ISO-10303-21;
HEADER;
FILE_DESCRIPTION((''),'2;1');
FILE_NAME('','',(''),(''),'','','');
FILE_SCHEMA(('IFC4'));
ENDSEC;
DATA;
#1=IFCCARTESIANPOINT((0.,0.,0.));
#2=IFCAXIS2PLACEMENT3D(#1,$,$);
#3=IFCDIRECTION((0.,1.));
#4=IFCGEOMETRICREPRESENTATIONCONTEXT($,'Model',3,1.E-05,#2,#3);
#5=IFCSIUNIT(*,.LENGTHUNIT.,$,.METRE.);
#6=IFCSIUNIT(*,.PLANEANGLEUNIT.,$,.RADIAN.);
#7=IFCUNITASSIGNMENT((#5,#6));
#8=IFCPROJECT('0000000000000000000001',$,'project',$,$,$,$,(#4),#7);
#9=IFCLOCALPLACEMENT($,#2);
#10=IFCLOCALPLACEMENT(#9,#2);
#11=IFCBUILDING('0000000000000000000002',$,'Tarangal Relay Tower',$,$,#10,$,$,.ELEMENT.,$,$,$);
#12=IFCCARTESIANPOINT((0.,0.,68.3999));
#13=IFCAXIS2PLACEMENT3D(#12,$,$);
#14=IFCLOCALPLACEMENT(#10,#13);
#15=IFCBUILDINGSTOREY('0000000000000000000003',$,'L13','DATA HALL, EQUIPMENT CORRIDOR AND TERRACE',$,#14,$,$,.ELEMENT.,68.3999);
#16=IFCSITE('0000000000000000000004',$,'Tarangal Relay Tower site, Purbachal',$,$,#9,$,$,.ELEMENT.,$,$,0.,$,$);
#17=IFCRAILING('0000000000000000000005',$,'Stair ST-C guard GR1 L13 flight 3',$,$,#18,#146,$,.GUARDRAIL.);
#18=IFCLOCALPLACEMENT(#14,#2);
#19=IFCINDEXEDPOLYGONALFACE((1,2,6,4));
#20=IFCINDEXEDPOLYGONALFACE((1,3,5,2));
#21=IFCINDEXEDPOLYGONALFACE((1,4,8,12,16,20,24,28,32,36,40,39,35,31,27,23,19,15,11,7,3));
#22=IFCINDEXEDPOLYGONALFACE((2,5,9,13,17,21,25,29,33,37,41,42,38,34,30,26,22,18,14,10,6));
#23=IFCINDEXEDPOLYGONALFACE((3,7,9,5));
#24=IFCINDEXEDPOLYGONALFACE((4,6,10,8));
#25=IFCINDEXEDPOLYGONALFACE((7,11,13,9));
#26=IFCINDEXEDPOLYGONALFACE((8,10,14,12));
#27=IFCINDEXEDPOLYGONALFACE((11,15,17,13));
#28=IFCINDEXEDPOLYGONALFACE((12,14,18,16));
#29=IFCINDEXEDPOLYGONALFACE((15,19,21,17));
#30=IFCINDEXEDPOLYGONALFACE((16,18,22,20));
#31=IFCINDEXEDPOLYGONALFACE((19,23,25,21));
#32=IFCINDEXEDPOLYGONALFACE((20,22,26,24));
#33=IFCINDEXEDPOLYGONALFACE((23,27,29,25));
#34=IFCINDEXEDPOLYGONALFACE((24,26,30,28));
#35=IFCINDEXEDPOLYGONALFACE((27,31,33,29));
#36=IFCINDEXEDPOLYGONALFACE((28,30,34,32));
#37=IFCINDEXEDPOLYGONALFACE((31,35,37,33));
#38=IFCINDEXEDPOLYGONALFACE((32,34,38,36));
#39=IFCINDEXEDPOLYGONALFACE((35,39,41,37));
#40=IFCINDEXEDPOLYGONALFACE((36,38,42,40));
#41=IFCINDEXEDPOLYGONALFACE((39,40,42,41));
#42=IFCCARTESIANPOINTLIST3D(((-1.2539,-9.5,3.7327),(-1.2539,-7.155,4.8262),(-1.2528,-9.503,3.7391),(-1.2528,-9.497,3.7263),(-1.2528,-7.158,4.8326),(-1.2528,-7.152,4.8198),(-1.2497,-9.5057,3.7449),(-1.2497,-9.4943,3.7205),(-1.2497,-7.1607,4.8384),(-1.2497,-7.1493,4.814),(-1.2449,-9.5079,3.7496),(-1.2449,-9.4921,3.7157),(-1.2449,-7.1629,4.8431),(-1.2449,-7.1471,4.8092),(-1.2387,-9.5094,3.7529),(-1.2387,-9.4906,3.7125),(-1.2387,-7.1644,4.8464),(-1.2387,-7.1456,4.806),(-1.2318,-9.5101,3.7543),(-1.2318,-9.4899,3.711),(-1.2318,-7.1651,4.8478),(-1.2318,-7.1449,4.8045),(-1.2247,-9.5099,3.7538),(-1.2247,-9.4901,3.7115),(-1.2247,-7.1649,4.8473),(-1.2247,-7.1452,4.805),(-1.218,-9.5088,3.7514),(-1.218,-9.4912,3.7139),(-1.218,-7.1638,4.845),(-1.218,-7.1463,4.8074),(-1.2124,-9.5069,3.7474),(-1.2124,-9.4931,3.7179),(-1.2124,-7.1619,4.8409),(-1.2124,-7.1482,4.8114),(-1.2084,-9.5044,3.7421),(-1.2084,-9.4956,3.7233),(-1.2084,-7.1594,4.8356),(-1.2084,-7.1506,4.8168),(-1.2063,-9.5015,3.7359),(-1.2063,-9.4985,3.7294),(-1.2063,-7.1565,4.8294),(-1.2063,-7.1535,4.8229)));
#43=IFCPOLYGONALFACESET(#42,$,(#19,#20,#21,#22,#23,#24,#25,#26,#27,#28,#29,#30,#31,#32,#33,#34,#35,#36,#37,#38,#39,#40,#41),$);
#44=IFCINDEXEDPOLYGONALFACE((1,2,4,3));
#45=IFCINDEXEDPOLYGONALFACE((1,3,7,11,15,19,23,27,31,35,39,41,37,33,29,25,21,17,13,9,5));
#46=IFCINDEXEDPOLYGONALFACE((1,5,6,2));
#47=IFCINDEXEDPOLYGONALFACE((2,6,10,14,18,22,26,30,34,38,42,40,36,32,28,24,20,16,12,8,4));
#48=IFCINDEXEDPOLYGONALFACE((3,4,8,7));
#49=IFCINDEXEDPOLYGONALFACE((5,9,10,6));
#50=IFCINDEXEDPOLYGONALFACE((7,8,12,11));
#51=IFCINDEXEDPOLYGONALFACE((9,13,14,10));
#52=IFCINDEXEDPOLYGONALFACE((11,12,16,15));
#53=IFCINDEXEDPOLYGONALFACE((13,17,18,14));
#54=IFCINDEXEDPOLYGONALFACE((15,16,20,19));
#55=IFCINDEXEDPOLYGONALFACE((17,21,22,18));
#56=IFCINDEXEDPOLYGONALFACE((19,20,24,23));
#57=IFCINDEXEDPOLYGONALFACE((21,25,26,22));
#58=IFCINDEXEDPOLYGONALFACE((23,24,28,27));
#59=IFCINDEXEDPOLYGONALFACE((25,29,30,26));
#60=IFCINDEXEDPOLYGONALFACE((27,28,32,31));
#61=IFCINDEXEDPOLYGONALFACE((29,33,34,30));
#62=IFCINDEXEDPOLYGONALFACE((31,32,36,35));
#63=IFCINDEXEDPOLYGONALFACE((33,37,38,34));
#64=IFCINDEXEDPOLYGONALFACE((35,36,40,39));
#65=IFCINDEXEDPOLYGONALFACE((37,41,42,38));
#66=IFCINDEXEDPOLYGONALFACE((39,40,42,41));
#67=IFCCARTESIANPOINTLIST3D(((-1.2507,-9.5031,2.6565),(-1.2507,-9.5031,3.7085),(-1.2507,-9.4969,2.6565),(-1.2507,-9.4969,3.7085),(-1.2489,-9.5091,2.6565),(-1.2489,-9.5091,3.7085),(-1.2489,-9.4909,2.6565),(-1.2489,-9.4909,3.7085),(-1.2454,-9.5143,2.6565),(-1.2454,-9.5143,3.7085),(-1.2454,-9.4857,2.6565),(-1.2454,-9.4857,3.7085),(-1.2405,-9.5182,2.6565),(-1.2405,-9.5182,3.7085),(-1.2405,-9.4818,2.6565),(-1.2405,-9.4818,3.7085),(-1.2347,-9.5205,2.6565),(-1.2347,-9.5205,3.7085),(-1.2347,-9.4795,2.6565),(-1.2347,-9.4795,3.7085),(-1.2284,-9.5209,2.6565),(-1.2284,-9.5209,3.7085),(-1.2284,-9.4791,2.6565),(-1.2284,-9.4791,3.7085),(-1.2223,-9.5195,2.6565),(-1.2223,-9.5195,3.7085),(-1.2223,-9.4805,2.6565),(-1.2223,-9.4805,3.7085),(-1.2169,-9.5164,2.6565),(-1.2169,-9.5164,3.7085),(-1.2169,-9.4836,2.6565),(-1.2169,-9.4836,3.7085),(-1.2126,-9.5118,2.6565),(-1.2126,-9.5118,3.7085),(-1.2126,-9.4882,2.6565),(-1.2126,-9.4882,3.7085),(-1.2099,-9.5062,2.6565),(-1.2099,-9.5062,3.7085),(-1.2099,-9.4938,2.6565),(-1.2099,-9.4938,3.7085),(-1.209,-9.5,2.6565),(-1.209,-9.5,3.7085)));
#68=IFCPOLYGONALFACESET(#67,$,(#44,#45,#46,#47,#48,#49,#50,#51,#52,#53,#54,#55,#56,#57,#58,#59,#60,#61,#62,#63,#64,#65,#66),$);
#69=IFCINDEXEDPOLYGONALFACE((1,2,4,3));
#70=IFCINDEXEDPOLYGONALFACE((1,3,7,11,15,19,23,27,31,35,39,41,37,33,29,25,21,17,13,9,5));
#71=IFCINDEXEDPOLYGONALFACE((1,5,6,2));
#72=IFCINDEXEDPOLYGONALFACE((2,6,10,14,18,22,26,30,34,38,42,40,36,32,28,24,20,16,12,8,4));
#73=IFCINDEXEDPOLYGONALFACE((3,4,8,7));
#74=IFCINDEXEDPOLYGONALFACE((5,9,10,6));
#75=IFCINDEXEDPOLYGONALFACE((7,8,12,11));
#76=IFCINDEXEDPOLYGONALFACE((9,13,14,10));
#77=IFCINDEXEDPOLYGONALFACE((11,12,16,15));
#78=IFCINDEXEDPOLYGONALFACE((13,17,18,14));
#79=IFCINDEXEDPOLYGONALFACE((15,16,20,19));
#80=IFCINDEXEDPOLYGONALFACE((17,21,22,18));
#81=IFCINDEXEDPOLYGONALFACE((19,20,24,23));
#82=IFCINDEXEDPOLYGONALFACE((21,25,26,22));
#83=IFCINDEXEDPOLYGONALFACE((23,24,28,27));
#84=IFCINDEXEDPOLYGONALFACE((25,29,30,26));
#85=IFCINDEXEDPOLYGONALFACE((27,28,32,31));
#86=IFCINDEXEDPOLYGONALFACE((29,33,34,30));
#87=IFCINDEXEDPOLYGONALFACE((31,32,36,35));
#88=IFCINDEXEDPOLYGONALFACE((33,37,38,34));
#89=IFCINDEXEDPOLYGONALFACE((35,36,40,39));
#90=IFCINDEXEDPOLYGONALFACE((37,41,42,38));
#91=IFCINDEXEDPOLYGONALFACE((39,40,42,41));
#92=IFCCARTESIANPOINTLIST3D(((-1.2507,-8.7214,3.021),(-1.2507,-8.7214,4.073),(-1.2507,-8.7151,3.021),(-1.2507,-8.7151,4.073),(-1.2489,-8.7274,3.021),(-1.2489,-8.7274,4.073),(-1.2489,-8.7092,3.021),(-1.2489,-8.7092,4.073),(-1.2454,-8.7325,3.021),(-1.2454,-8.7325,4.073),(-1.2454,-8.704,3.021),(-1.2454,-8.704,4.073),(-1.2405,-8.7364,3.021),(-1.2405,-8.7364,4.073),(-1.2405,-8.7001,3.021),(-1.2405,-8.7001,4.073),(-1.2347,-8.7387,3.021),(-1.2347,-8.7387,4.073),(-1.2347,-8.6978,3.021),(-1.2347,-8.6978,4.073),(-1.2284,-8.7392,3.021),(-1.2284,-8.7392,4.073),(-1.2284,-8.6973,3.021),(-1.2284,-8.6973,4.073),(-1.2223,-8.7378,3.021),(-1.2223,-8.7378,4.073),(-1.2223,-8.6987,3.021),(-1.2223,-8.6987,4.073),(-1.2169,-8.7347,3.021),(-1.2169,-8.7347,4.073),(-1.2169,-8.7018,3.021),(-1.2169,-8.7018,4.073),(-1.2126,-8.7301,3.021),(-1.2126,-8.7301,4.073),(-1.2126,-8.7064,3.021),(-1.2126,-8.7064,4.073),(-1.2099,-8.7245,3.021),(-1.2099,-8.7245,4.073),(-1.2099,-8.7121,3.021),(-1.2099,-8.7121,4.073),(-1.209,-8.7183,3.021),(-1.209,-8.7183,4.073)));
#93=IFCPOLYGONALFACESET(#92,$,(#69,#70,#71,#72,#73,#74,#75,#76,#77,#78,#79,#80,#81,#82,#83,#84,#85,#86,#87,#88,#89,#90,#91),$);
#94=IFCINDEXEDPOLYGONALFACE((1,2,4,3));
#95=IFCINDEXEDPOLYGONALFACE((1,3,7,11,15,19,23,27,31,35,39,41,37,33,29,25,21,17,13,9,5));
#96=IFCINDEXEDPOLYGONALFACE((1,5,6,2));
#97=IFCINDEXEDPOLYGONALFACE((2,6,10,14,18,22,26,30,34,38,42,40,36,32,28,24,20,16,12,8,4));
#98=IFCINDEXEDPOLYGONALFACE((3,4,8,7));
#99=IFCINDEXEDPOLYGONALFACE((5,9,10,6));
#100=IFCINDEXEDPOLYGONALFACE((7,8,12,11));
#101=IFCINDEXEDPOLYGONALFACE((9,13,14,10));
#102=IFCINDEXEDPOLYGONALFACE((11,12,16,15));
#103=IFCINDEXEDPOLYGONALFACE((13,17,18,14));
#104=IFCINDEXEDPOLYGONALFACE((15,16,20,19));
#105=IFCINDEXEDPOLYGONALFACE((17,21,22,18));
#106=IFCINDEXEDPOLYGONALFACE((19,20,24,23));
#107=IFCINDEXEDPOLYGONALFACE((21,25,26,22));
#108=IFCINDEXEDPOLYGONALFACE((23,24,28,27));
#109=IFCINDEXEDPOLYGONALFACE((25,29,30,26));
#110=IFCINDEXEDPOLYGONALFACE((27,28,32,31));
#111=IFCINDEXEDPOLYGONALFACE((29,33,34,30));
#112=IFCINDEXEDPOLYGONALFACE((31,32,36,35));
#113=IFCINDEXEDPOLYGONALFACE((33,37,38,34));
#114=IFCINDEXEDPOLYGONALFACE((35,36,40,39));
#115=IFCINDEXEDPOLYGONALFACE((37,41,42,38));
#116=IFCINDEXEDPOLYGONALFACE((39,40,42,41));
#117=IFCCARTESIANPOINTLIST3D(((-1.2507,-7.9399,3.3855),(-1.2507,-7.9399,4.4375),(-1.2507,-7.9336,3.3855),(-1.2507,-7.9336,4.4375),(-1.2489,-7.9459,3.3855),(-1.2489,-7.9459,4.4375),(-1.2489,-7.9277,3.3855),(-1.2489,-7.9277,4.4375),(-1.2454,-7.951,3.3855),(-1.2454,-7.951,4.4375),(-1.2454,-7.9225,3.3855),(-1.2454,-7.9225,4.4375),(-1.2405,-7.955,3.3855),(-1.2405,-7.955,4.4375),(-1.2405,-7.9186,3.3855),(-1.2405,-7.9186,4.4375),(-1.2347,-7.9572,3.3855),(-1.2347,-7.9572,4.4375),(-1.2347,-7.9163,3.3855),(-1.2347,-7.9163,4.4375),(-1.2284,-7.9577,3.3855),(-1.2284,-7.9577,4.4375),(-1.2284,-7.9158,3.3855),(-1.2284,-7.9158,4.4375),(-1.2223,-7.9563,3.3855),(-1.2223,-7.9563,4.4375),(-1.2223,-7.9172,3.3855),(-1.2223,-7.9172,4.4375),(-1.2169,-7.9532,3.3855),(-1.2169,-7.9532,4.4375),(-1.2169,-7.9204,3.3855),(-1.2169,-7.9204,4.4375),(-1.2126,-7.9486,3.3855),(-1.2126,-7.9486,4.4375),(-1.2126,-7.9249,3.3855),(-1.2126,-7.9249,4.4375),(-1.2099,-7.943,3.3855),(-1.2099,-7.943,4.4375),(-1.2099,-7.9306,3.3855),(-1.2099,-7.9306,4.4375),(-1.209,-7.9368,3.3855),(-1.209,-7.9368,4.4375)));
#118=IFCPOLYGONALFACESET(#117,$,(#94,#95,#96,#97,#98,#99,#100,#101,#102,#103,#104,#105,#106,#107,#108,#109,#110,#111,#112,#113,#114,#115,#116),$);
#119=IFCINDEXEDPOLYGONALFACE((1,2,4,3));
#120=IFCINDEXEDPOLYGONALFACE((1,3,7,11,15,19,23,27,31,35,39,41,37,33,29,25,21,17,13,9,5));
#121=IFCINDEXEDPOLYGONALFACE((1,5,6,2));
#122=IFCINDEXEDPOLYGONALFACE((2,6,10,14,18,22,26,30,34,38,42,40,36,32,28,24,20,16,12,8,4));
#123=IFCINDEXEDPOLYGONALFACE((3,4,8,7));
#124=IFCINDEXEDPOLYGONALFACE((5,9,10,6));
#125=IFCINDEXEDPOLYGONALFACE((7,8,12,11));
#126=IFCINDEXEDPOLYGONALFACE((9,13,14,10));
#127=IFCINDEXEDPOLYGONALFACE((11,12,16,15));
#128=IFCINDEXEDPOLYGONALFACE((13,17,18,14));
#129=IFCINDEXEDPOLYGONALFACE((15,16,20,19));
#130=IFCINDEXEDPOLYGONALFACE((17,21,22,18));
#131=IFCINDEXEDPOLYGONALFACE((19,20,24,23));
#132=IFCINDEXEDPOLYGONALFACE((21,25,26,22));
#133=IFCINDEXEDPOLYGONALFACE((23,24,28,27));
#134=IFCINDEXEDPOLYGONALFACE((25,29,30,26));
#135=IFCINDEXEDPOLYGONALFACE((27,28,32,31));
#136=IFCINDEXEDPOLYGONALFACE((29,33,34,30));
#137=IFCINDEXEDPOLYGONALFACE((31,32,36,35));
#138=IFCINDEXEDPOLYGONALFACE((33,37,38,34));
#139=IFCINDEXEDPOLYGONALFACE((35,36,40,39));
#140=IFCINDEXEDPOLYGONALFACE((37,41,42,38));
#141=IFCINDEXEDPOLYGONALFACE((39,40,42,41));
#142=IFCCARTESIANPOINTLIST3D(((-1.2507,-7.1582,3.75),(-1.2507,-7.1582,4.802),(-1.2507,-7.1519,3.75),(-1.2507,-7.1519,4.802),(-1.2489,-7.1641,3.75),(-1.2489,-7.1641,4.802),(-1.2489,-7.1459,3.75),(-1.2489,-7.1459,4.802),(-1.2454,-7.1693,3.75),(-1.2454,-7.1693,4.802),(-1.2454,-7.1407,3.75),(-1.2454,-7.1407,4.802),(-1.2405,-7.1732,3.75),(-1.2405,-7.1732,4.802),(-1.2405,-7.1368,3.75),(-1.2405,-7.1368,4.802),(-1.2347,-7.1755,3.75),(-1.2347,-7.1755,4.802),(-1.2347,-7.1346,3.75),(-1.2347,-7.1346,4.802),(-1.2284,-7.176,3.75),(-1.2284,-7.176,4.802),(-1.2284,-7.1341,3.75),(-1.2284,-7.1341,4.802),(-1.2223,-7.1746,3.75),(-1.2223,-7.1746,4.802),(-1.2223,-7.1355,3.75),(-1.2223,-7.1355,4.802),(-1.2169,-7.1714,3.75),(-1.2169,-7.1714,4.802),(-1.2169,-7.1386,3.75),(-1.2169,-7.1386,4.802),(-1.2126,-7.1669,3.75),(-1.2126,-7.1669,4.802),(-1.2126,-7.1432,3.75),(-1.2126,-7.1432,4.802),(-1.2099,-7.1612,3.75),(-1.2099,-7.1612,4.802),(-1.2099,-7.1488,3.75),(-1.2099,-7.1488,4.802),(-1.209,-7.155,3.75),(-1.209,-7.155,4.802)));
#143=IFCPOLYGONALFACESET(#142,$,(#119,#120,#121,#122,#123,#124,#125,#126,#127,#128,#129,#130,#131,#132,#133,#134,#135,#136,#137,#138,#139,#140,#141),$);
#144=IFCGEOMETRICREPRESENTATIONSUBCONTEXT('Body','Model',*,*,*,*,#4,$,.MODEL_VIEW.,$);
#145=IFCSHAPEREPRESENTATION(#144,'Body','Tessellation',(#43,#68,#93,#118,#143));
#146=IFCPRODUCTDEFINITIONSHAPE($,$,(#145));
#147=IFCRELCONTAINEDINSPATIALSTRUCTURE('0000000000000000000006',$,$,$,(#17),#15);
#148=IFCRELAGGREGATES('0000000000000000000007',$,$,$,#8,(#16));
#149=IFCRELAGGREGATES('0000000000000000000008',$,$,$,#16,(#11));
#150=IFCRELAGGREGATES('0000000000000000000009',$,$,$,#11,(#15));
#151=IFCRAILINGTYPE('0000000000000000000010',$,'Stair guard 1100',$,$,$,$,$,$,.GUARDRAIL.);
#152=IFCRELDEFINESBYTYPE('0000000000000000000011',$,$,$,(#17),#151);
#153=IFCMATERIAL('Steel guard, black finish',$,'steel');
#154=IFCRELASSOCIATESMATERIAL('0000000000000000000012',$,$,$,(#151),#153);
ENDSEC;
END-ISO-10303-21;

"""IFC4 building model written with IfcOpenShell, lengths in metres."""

from ifc_helpers import new_model, si_unit, direction, frame, origin, origin_2d, place, context, subcontext, project, spatial, circle, extrude, material, type_object, element, save


model = new_model("IFC4")

# Units and contexts
model_context = context("Model", 3, precision=1e-05, world=origin(), true_north=direction((0.0, 1.0)))
body_context = subcontext(model_context, "Body", "Model", "MODEL_VIEW")
ifc_project = project(units=[si_unit("LENGTHUNIT", "METRE"), si_unit("PLANEANGLEUNIT", "RADIAN")], contexts=[model_context])

# Site, building, storey
site_placement = place(None, origin())
site = spatial("IfcSite", under=ifc_project, at=site_placement, Name="Tarangal Relay Tower site, Purbachal", CompositionType="ELEMENT", RefElevation=0.0)
building_placement = place(site_placement, origin())
building = spatial("IfcBuilding", under=site, at=building_placement, Name="Tarangal Relay Tower", CompositionType="ELEMENT")
storey_placement = place(building_placement, frame((0.0, 0.0, 68.3999)))
storey = spatial("IfcBuildingStorey", under=building, at=storey_placement, Name="L13", Description="DATA HALL, EQUIPMENT CORRIDOR AND TERRACE", CompositionType="ELEMENT", Elevation=68.3999)

# Railing
ifc_material_1 = material(Name="Steel guard, black finish", Category="steel")
railing_type_1 = type_object("IfcRailingType", Name="Stair guard 1100", PredefinedType="GUARDRAIL", material=ifc_material_1)
for number, where, name in (
    (1, (-1.23, -9.5, 2.6565), "Stair ST-C guard GR1 L13 flight 3"),
):
    element("IfcRailing", number, at=place(storey_placement, frame(where)), inside=storey, type_object=railing_type_1, Name=name, PredefinedType="GUARDRAIL", context=body_context, shape_type="SweptSolid", body=[
        extrude(circle(Radius=0.0239, at=origin_2d()), frame((0.0, 0.0, 1.0762), z_axis=(0.0, 0.906304, 0.422627), x_axis=(-1.0, 0.0, 0.0)), (0.0, 0.0, 1.0), 2.5874),
        extrude(circle(Radius=0.021, at=origin_2d()), origin(), (0.0, 0.0, 1.0), 1.052),
        extrude(circle(Radius=0.021, at=origin_2d()), frame((0.0, 0.7817, 0.3645)), (0.0, 0.0, 1.0), 1.052),
        extrude(circle(Radius=0.021, at=origin_2d()), frame((0.0, 1.5632, 0.729)), (0.0, 0.0, 1.0), 1.052),
        extrude(circle(Radius=0.021, at=origin_2d()), frame((0.0, 2.345, 1.0935)), (0.0, 0.0, 1.0), 1.052),
    ])

save(model, "model.ifc")
